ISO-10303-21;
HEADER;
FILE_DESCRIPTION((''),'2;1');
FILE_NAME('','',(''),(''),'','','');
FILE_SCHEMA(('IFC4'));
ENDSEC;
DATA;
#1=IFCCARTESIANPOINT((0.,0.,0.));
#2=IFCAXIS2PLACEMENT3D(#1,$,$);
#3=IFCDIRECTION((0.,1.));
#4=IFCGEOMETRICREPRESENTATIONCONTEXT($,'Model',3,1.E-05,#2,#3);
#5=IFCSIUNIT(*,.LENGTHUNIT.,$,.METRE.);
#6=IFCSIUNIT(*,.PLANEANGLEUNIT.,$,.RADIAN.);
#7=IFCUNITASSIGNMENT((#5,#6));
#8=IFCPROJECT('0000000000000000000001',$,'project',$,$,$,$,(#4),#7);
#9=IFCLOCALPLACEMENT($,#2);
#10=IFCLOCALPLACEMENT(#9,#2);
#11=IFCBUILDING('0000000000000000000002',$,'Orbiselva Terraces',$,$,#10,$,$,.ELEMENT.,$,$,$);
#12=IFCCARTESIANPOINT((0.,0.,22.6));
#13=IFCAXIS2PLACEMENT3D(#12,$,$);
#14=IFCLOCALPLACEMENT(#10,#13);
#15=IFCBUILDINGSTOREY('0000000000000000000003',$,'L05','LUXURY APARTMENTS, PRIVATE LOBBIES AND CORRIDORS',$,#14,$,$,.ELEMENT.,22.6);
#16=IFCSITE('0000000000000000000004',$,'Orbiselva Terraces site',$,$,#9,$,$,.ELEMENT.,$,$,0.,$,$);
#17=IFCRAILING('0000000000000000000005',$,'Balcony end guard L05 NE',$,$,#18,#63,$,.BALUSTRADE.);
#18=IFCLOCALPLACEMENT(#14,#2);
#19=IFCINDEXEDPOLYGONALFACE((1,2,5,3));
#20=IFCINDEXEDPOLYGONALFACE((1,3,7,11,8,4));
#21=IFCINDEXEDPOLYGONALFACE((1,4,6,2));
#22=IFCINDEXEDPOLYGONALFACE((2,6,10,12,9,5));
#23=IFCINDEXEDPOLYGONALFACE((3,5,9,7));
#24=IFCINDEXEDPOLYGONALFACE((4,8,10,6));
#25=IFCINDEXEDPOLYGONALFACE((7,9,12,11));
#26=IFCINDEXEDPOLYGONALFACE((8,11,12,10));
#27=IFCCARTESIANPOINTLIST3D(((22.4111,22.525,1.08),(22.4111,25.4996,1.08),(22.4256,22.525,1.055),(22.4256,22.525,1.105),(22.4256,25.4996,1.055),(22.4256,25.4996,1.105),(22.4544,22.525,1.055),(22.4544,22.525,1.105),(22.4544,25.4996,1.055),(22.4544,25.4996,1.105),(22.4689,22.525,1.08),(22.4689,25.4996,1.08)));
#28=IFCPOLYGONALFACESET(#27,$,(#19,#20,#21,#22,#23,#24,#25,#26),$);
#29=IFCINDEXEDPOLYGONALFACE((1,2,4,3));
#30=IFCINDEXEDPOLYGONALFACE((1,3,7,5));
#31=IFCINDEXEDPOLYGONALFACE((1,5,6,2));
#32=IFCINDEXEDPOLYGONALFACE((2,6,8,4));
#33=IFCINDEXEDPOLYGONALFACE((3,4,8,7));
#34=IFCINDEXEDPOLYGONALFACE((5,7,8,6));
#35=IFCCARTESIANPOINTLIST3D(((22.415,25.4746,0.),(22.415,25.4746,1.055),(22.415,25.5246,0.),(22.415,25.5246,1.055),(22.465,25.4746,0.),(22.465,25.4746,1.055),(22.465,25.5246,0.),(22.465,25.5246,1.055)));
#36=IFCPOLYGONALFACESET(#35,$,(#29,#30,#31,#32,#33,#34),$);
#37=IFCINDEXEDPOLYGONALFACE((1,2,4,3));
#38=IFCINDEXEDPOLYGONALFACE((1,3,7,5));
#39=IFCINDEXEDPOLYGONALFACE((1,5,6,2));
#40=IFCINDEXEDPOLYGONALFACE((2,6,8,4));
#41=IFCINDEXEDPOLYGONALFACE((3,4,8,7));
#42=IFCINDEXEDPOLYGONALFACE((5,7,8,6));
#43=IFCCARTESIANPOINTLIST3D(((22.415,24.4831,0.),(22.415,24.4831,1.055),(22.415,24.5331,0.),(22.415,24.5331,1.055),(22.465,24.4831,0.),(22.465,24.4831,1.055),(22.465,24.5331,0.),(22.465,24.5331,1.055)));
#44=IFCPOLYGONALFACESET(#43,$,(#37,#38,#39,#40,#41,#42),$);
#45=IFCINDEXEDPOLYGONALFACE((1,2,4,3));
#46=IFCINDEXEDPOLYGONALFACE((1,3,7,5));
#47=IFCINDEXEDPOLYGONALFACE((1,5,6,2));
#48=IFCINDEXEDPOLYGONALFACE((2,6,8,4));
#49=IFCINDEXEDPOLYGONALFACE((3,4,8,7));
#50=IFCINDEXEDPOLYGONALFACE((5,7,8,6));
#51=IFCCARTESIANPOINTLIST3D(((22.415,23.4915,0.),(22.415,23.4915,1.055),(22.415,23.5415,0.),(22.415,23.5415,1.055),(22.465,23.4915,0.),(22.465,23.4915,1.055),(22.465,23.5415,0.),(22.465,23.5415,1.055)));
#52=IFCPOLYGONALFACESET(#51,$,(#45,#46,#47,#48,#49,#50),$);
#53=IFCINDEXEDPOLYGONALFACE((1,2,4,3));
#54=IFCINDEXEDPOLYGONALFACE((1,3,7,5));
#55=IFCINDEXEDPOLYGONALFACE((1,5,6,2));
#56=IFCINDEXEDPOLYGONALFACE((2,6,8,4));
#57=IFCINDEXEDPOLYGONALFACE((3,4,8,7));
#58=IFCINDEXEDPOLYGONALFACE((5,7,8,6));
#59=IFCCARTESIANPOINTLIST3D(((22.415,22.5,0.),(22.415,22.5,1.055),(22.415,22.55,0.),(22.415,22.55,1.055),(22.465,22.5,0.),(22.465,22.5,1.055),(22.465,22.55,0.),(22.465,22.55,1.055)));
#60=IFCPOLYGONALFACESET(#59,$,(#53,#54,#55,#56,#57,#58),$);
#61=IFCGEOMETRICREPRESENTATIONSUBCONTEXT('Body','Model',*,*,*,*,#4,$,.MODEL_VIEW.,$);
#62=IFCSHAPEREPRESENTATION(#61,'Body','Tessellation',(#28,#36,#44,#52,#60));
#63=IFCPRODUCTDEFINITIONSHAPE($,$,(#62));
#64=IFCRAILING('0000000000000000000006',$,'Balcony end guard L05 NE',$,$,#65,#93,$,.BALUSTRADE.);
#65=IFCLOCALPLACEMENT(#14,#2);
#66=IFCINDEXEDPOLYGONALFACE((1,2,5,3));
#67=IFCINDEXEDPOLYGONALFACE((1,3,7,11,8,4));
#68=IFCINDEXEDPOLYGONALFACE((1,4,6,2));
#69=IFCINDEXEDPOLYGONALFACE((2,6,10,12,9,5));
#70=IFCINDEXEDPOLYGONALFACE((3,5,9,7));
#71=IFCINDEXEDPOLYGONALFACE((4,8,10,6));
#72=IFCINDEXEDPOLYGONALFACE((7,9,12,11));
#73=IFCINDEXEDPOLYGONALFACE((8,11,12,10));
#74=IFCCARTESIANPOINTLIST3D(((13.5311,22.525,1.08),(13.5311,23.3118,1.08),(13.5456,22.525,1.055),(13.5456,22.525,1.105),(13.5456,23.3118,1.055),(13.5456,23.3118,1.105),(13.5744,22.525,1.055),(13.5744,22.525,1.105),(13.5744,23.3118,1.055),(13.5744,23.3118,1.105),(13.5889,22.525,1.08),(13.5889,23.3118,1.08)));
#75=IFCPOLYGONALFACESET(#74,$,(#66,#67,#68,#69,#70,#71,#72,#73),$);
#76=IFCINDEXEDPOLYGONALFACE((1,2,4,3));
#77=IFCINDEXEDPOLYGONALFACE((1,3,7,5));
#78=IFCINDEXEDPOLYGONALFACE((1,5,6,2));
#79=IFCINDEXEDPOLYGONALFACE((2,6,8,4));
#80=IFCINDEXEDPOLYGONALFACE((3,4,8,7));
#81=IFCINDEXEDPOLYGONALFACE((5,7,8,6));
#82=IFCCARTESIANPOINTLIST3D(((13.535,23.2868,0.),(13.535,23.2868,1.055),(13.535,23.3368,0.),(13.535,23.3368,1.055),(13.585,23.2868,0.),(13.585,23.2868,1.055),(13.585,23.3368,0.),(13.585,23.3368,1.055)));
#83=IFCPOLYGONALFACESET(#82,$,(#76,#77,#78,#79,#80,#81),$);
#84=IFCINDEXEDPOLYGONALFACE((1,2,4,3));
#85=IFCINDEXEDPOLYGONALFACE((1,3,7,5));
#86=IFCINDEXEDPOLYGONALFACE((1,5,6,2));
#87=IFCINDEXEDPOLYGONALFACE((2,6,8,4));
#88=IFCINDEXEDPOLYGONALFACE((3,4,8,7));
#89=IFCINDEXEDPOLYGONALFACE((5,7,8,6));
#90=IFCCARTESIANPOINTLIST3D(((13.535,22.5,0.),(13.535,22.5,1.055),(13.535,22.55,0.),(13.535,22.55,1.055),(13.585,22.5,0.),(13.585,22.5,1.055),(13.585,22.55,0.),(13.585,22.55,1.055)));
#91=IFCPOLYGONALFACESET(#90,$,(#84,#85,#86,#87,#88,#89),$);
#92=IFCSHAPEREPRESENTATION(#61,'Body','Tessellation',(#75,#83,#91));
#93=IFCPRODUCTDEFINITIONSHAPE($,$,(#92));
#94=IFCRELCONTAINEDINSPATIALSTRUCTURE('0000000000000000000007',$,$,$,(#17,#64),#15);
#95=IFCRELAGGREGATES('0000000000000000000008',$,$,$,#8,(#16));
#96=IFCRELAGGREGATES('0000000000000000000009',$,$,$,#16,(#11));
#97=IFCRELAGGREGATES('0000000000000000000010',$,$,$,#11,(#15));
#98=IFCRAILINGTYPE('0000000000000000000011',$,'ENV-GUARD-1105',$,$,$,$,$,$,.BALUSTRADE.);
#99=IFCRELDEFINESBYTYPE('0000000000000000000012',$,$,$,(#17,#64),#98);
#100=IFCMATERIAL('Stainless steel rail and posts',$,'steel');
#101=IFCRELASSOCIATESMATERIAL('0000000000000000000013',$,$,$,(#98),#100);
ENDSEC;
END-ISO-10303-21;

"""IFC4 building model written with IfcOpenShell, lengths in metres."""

from ifc_helpers import new_model, si_unit, direction, frame, origin, origin_2d, place, context, subcontext, project, spatial, polyline, rectangle, outline, extrude, material, type_object, element, save


model = new_model("IFC4")

# Units and contexts
model_context = context("Model", 3, precision=1e-05, world=origin(), true_north=direction((0.0, 1.0)))
body_context = subcontext(model_context, "Body", "Model", "MODEL_VIEW")
ifc_project = project(units=[si_unit("LENGTHUNIT", "METRE"), si_unit("PLANEANGLEUNIT", "RADIAN")], contexts=[model_context])

# Site, building, storey
site_placement = place(None, origin())
site = spatial("IfcSite", under=ifc_project, at=site_placement, Name="Orbiselva Terraces site", CompositionType="ELEMENT", RefElevation=0.0)
building_placement = place(site_placement, origin())
building = spatial("IfcBuilding", under=site, at=building_placement, Name="Orbiselva Terraces", CompositionType="ELEMENT")
storey_placement = place(building_placement, frame((0.0, 0.0, 22.6)))
storey = spatial("IfcBuildingStorey", under=building, at=storey_placement, Name="L05", Description="LUXURY APARTMENTS, PRIVATE LOBBIES AND CORRIDORS", CompositionType="ELEMENT", Elevation=22.6)

# Railings
ifc_material_1 = material(Name="Stainless steel rail and posts", Category="steel")
railing_type_1 = type_object("IfcRailingType", Name="ENV-GUARD-1105", PredefinedType="BALUSTRADE", material=ifc_material_1)
railing_1_placement = place(storey_placement, frame((22.44, 25.4996, 0.0)))
element("IfcRailing", 1, at=railing_1_placement, inside=storey, type_object=railing_type_1, Name="Balcony end guard L05 NE", PredefinedType="BALUSTRADE", context=body_context, shape_type="SweptSolid", body=[
    extrude(outline(polyline([(0.0289, 0.0), (0.0144, 0.025), (-0.0144, 0.025), (-0.0289, 0.0), (-0.0144, -0.025), (0.0144, -0.025), (0.0289, 0.0)])), frame((0.0, 0.0, 1.08), z_axis=(0.0, -1.0, 0.0), x_axis=(1.0, 0.0, 0.0)), (0.0, 0.0, 1.0), 2.9746),
    extrude(rectangle(XDim=0.05, YDim=0.05, at=origin_2d()), origin(), (0.0, 0.0, 1.0), 1.055),
    extrude(rectangle(XDim=0.05, YDim=0.05, at=origin_2d()), frame((0.0, -0.9915, 0.0)), (0.0, 0.0, 1.0), 1.055),
    extrude(rectangle(XDim=0.05, YDim=0.05, at=origin_2d()), frame((0.0, -1.9831, 0.0)), (0.0, 0.0, 1.0), 1.055),
    extrude(rectangle(XDim=0.05, YDim=0.05, at=origin_2d()), frame((0.0, -2.9746, 0.0)), (0.0, 0.0, 1.0), 1.055),
])
railing_2_placement = place(storey_placement, frame((13.56, 23.3118, 0.0)))
element("IfcRailing", 2, at=railing_2_placement, inside=storey, type_object=railing_type_1, Name="Balcony end guard L05 NE", PredefinedType="BALUSTRADE", context=body_context, shape_type="SweptSolid", body=[
    extrude(outline(polyline([(0.0289, 0.0), (0.0144, 0.025), (-0.0144, 0.025), (-0.0289, 0.0), (-0.0144, -0.025), (0.0144, -0.025), (0.0289, 0.0)])), frame((0.0, 0.0, 1.08), z_axis=(0.0, -1.0, 0.0), x_axis=(1.0, 0.0, 0.0)), (0.0, 0.0, 1.0), 0.7868),
    extrude(rectangle(XDim=0.05, YDim=0.05, at=origin_2d()), origin(), (0.0, 0.0, 1.0), 1.055),
    extrude(rectangle(XDim=0.05, YDim=0.05, at=origin_2d()), frame((0.0, -0.7868, 0.0)), (0.0, 0.0, 1.0), 1.055),
])

save(model, "model.ifc")
